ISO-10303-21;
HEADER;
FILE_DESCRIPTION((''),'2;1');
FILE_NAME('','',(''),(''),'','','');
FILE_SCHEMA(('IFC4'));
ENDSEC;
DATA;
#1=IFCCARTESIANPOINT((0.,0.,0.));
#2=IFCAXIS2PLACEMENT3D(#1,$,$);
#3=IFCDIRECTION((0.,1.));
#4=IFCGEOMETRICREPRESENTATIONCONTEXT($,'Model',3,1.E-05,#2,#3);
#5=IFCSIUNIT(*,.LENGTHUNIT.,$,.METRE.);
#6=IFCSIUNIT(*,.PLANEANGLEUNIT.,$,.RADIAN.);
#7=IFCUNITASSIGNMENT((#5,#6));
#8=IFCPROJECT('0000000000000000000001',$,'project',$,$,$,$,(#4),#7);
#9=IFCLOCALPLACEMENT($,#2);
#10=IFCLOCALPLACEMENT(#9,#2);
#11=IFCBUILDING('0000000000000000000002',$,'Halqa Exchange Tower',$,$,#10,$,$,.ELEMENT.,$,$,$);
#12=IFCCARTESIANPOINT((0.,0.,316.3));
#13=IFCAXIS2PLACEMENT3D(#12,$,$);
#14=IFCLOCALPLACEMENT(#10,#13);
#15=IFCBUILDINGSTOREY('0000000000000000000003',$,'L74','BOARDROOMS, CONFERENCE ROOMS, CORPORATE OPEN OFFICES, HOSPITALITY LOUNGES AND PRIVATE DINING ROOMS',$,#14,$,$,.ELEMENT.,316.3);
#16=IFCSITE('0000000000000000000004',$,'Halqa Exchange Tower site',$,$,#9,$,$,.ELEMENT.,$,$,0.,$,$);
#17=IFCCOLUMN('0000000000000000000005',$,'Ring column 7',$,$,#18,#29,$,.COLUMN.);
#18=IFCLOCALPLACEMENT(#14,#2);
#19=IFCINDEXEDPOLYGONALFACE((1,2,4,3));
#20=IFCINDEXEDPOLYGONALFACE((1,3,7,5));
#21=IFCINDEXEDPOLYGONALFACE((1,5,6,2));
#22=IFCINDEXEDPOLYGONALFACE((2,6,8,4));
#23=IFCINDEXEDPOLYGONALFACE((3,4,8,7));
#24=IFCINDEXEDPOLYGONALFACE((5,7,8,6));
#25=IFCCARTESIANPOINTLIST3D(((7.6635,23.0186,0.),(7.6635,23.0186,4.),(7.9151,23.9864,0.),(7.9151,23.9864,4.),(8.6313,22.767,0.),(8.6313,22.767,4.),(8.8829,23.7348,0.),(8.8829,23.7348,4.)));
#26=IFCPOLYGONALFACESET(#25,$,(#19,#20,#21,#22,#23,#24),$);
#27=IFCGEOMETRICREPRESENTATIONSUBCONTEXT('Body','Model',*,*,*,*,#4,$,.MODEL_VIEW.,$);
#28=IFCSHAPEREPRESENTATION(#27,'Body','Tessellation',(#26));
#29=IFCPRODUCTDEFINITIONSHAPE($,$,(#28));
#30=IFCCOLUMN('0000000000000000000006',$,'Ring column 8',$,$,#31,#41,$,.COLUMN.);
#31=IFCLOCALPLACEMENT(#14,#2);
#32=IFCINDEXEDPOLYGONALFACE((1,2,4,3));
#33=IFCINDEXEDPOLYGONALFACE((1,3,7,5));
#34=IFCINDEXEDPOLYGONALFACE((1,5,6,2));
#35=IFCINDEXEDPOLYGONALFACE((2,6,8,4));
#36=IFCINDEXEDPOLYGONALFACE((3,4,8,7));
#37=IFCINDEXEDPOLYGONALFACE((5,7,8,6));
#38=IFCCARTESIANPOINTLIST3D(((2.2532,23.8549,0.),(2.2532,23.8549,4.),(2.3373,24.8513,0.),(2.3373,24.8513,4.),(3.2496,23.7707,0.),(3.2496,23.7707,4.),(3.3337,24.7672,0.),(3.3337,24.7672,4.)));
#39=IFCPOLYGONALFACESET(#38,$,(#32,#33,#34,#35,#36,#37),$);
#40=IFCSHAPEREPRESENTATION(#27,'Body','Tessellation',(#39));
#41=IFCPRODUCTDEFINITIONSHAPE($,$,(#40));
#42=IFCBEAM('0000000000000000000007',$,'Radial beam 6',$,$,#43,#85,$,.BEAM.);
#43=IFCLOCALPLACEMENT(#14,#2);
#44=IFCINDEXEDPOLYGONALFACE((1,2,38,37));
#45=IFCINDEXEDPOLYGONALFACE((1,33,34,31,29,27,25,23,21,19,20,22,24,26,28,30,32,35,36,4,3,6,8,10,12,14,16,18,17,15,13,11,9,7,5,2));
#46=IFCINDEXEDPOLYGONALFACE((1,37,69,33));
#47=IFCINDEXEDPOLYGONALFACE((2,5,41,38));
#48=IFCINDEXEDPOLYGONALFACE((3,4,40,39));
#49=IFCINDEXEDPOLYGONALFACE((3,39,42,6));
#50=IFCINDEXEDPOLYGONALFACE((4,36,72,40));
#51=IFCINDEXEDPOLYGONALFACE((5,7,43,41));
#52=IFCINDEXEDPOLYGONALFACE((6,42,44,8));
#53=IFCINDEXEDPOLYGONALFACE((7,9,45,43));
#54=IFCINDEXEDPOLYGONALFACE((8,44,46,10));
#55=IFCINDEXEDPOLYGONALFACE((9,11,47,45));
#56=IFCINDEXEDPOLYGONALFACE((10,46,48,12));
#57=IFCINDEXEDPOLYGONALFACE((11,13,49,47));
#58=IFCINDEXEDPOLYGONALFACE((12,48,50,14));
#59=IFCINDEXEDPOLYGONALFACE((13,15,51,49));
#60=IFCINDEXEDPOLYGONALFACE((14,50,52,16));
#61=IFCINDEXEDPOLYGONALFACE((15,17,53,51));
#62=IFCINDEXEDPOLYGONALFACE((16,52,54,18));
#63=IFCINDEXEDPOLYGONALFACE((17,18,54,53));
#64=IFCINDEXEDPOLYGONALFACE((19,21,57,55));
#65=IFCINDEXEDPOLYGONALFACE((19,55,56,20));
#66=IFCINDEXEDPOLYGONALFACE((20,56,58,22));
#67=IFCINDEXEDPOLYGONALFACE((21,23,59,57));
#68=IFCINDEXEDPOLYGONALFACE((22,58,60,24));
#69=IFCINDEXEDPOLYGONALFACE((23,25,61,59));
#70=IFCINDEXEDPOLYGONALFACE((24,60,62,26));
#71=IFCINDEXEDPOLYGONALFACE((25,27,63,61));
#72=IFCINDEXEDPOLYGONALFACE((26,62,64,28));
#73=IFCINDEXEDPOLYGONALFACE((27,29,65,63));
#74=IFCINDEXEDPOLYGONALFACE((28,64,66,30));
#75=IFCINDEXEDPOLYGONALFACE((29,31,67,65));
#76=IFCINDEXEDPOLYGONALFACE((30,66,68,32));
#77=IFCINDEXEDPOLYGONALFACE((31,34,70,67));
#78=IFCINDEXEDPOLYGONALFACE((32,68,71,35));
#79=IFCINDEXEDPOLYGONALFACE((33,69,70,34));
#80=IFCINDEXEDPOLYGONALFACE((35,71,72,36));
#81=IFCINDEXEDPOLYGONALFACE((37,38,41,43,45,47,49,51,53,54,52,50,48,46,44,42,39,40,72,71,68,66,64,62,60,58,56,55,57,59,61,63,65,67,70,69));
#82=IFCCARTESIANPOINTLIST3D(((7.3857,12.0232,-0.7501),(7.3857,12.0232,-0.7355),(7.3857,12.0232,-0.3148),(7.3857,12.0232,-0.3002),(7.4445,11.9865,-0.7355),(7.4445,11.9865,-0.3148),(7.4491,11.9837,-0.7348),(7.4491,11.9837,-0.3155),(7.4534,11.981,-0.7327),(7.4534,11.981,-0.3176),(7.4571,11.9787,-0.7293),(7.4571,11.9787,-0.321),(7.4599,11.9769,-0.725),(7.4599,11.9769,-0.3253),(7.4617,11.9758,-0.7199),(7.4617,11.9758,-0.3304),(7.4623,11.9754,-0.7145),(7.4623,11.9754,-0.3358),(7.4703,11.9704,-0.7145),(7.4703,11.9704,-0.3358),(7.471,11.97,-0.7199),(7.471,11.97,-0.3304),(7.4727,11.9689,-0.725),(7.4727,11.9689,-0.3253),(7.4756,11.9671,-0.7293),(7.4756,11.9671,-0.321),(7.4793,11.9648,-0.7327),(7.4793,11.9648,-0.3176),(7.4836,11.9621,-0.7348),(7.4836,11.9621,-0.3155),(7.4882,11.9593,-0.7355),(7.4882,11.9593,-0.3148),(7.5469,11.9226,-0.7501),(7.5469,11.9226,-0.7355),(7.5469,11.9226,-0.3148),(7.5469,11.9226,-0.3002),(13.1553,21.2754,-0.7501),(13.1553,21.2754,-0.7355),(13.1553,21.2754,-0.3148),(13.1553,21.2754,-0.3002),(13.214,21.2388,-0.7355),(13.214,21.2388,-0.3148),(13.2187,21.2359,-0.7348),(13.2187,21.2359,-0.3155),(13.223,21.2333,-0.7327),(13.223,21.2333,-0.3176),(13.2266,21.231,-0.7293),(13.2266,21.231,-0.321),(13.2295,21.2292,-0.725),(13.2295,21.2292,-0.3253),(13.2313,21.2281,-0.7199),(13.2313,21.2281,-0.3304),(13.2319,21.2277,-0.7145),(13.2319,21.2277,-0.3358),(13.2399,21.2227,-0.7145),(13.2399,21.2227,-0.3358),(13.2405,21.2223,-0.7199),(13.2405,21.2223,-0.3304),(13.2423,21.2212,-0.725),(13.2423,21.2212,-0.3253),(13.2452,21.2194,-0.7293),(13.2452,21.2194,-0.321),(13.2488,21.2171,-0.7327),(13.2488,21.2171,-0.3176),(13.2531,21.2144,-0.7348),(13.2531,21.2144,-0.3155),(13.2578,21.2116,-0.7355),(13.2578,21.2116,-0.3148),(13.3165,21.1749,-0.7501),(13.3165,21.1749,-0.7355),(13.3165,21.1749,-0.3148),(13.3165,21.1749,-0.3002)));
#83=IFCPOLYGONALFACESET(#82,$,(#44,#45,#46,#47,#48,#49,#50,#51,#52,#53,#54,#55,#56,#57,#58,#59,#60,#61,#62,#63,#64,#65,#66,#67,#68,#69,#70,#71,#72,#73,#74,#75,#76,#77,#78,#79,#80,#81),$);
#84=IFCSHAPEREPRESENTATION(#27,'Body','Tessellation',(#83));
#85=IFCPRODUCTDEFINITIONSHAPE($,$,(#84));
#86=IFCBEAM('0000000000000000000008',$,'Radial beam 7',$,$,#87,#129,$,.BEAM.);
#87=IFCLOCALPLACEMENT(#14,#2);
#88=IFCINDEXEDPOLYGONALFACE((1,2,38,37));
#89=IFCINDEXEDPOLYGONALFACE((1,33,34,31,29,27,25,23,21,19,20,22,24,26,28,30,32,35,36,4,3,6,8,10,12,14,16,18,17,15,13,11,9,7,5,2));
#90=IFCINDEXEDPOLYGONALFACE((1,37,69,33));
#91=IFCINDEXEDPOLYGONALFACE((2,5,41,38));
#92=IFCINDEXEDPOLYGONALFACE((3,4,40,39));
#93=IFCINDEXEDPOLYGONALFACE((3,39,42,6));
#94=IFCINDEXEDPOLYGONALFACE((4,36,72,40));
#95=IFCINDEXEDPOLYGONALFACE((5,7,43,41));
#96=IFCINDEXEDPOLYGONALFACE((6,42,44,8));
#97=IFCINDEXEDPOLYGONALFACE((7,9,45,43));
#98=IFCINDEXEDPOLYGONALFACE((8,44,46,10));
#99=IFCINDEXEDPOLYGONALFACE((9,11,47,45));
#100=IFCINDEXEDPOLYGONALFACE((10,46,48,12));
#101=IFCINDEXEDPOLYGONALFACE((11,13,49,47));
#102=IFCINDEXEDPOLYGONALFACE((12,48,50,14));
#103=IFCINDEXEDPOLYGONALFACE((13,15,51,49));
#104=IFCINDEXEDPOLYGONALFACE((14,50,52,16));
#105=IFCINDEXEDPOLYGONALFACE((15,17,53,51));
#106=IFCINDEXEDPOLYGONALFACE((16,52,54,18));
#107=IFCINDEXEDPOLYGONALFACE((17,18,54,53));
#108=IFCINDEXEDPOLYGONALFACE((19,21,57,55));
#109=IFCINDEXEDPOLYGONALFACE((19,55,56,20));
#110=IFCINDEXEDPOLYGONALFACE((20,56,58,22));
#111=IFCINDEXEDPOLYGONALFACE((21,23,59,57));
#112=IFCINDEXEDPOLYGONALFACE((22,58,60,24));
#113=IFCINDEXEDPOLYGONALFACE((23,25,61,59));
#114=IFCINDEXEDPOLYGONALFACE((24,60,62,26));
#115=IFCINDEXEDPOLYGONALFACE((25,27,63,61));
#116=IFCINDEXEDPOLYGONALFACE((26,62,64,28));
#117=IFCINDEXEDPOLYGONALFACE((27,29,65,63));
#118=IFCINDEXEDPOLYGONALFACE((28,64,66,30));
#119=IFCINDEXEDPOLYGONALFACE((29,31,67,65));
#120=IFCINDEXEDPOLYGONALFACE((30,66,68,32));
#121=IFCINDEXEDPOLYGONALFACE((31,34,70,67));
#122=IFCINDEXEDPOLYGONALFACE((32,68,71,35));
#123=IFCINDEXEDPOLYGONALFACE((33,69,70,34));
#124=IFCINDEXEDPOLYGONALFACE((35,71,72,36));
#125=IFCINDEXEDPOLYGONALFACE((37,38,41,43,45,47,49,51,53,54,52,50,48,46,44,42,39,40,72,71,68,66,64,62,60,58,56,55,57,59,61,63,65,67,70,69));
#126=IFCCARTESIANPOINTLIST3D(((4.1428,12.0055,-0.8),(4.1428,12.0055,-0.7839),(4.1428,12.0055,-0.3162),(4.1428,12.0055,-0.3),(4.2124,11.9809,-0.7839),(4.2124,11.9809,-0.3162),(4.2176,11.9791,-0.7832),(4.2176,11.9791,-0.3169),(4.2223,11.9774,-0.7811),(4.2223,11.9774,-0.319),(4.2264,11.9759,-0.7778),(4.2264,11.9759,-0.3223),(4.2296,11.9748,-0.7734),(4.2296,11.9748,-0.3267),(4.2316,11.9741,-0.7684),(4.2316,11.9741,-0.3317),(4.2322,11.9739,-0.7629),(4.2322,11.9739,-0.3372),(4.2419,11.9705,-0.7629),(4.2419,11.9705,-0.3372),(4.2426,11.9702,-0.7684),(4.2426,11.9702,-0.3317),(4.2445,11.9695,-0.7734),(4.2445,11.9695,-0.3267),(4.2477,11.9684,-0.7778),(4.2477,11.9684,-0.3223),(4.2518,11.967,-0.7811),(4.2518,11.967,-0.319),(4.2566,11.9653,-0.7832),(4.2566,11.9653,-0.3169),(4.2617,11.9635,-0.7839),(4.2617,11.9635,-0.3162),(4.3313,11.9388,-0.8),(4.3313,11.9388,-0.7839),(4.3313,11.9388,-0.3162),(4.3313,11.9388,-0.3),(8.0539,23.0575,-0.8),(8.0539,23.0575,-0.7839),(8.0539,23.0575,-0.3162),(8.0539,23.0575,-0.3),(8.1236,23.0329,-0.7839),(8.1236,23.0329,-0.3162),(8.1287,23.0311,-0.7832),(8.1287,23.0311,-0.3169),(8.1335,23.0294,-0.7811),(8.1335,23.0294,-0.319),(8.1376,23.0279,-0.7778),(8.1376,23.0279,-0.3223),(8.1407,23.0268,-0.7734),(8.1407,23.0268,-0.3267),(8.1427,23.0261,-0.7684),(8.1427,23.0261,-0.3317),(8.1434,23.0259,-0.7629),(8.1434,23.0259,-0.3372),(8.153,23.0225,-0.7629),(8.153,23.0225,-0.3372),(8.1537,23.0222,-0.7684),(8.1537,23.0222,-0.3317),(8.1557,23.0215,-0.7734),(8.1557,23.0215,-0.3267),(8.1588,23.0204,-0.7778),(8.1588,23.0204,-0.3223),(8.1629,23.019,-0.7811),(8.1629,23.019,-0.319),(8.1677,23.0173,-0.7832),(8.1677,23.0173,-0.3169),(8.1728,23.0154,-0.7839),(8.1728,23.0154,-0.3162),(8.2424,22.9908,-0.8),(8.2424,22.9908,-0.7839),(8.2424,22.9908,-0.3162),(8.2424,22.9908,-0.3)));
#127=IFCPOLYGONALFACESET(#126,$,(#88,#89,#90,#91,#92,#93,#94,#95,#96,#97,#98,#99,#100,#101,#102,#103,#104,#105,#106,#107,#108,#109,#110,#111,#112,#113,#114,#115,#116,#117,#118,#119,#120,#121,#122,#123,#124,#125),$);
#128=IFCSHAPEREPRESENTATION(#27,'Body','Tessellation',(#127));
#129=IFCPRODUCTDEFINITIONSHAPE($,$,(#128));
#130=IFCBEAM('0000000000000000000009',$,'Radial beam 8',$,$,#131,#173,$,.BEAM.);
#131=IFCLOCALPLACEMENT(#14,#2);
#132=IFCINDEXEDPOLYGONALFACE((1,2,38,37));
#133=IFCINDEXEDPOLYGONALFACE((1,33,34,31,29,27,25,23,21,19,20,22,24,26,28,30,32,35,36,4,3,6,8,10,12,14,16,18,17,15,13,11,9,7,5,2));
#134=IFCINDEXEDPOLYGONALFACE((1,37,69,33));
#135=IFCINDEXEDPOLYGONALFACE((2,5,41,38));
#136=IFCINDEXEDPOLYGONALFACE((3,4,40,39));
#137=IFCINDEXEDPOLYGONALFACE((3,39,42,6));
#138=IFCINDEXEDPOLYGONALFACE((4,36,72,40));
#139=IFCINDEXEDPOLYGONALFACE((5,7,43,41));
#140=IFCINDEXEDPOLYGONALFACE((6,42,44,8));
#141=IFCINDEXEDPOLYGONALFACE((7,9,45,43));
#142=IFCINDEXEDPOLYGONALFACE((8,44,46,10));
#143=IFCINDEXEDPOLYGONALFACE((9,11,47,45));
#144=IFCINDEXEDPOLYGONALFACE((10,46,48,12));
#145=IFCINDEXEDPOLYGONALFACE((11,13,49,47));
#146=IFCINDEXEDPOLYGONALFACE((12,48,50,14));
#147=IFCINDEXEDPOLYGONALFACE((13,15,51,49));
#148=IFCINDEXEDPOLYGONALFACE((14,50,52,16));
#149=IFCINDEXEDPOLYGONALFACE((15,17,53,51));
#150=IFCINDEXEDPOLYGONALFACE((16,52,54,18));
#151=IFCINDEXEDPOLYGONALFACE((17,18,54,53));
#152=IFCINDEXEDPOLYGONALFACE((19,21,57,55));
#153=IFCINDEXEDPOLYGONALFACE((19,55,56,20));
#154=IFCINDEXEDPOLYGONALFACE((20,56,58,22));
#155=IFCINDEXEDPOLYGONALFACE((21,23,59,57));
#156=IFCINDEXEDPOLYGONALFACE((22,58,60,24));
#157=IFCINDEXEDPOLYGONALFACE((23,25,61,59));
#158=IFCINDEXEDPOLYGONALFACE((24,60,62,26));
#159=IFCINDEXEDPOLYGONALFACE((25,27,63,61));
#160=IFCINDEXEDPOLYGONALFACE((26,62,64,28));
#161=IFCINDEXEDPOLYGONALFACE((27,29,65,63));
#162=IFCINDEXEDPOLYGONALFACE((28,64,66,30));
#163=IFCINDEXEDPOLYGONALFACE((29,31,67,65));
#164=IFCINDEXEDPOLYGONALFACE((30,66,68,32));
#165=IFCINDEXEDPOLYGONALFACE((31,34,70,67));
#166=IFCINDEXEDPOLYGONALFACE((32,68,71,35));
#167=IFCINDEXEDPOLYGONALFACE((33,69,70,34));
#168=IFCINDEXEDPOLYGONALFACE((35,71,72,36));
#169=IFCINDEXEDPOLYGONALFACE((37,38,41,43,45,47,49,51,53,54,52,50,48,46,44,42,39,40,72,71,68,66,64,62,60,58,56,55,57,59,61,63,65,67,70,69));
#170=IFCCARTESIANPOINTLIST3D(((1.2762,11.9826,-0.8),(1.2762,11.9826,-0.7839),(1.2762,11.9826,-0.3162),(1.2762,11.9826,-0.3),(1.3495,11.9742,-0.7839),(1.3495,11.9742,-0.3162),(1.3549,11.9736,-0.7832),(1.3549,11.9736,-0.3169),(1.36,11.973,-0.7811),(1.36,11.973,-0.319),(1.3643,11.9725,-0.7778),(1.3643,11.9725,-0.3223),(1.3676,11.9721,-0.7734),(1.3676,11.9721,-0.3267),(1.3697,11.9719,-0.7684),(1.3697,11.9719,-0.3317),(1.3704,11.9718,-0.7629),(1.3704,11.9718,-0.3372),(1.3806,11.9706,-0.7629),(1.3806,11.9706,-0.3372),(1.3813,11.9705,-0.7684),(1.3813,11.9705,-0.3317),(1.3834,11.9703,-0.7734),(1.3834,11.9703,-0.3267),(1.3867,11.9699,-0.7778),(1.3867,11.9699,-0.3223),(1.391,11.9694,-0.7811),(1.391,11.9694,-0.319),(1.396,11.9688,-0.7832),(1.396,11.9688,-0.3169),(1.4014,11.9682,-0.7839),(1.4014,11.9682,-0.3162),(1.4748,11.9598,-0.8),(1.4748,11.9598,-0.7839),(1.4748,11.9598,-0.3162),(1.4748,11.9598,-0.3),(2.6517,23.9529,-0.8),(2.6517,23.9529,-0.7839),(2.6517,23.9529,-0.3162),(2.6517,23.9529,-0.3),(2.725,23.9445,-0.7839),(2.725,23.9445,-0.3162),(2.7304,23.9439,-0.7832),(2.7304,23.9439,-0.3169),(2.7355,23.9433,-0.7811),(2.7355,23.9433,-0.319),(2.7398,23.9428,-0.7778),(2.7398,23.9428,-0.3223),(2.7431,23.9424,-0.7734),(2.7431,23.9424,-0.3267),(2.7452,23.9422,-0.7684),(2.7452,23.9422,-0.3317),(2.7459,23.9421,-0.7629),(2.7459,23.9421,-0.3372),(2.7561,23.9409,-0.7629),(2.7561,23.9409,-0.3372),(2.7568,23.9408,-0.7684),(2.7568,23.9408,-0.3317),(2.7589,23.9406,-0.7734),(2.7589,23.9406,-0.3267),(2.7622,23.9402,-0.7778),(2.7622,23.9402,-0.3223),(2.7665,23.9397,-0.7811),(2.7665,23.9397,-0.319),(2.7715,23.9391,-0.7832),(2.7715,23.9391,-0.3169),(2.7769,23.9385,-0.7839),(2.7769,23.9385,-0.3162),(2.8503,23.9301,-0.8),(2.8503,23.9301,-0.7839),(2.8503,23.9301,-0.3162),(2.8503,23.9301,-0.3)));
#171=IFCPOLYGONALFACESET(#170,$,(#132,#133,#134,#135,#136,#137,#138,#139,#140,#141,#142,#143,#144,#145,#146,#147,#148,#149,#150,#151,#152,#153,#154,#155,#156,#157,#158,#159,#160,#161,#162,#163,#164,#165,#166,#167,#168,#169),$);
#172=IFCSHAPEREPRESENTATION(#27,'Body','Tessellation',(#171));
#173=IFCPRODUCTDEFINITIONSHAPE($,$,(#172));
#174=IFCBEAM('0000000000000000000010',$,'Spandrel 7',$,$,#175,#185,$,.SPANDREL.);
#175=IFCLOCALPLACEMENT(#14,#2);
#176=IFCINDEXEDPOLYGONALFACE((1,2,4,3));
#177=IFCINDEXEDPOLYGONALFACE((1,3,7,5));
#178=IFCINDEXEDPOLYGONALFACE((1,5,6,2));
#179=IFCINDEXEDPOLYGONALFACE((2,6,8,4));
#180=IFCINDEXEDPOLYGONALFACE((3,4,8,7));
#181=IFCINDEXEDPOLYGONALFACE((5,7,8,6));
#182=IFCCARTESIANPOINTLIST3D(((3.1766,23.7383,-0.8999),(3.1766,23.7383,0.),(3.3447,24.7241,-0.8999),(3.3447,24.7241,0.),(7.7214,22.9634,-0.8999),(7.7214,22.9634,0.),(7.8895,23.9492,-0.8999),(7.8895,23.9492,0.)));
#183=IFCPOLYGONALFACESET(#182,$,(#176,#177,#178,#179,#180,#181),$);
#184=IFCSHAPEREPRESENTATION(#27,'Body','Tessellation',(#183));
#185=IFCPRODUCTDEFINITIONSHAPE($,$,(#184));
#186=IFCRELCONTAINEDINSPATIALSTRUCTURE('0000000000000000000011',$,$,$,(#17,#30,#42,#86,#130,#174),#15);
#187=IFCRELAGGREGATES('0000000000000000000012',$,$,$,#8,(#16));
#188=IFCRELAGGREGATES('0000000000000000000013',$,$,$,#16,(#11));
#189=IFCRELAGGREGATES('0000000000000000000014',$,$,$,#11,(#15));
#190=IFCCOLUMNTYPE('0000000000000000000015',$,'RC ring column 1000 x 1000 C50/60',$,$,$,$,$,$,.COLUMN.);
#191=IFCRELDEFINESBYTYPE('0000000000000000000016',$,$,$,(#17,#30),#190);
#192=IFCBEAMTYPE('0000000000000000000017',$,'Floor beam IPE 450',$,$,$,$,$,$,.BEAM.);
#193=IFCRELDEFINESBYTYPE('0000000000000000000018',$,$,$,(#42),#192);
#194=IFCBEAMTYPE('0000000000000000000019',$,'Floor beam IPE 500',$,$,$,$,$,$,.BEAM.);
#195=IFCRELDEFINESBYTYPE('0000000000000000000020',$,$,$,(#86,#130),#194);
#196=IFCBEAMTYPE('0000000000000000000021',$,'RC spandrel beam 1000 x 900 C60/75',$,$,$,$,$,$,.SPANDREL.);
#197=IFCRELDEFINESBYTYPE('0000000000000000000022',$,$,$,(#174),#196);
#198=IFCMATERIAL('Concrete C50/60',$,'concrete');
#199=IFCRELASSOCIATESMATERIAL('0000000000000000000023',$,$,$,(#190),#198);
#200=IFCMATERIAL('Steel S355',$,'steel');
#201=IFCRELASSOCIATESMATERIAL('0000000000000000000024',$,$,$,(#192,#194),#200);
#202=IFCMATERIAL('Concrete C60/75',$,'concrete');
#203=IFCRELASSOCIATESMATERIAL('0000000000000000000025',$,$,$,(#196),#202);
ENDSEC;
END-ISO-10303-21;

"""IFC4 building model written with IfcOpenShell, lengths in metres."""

from ifc_helpers import new_model, si_unit, direction, frame, origin, origin_2d, place, context, subcontext, project, spatial, rectangle, i_section, extrude, material, material_profile, profile_set, type_object, element, save


model = new_model("IFC4")

# Units and contexts
model_context = context("Model", 3, precision=1e-05, world=origin(), true_north=direction((0.0, 1.0)))
body_context = subcontext(model_context, "Body", "Model", "MODEL_VIEW")
ifc_project = project(units=[si_unit("LENGTHUNIT", "METRE"), si_unit("PLANEANGLEUNIT", "RADIAN")], contexts=[model_context])

# Site, building, storey
site_placement = place(None, origin())
site = spatial("IfcSite", under=ifc_project, at=site_placement, Name="Halqa Exchange Tower site", CompositionType="ELEMENT", RefElevation=0.0)
building_placement = place(site_placement, origin())
building = spatial("IfcBuilding", under=site, at=building_placement, Name="Halqa Exchange Tower", CompositionType="ELEMENT")
storey_placement = place(building_placement, frame((0.0, 0.0, 316.3)))
storey = spatial("IfcBuildingStorey", under=building, at=storey_placement, Name="L74", Description="BOARDROOMS, CONFERENCE ROOMS, CORPORATE OPEN OFFICES, HOSPITALITY LOUNGES AND PRIVATE DINING ROOMS", CompositionType="ELEMENT", Elevation=316.3)

# Columns
ifc_material_1 = material(Name="Concrete C50/60", Category="concrete")
ifc_material_profile_1 = material_profile(ifc_material_1, rectangle(XDim=1.0, YDim=1.0, at=origin_2d()), Name="1000 x 1000")
ifc_profile_set_1 = profile_set([ifc_material_profile_1], Name="Concrete C50/60")
column_type = type_object("IfcColumnType", Name="RC ring column 1000 x 1000 C50/60", PredefinedType="COLUMN", material=ifc_profile_set_1)
for number, where, z_axis, x_axis, name in (
    (1, (8.2732, 23.3767, 0.0), (0.0, 0.0, 1.0), (-0.967819, 0.251647, 0.0), "Ring column 7"),
    (2, (2.7935, 24.311, 0.0), (0.0, 0.0, 1.0), (-0.996455, 0.084127, 0.0), "Ring column 8"),
):
    element("IfcColumn", number, at=place(storey_placement, frame(where, z_axis=z_axis, x_axis=x_axis)), inside=storey, type_object=column_type, Name=name, PredefinedType="COLUMN", context=body_context, shape_type="SweptSolid", body=[
        extrude(rectangle(XDim=1.0, YDim=1.0, at=origin_2d()), origin(), (0.0, 0.0, 1.0), 4.0),
    ])

# Beams
ifc_material_2 = material(Name="Steel S355", Category="steel")
ifc_material_profile_2 = material_profile(ifc_material_2, i_section(OverallWidth=0.1899, OverallDepth=0.45, WebThickness=0.0095, FlangeThickness=0.0146, FilletRadius=0.021, at=origin_2d()), Name="IPE 450")
ifc_profile_set_2 = profile_set([ifc_material_profile_2], Name="Steel S355")
beam_type_1 = type_object("IfcBeamType", Name="Floor beam IPE 450", PredefinedType="BEAM", material=ifc_profile_set_2)
beam_1_placement = place(storey_placement, frame((7.4663, 11.9729, -0.5251), z_axis=(0.529135, 0.848538, 0.0), x_axis=(-0.848538, 0.529135, 0.0)))
element("IfcBeam", 3, at=beam_1_placement, inside=storey, type_object=beam_type_1, Name="Radial beam 6", PredefinedType="BEAM", context=body_context, shape_type="SweptSolid", body=[
    extrude(i_section(OverallWidth=0.1899, OverallDepth=0.45, WebThickness=0.0095, FlangeThickness=0.0146, FilletRadius=0.021, at=origin_2d()), origin(), (0.0, 0.0, 1.0), 10.9038),
])
ifc_material_profile_3 = material_profile(ifc_material_2, i_section(OverallWidth=0.2, OverallDepth=0.5, WebThickness=0.0103, FlangeThickness=0.0161, FilletRadius=0.021, at=origin_2d()), Name="IPE 500")
ifc_profile_set_3 = profile_set([ifc_material_profile_3], Name="Steel S355")
beam_type_2 = type_object("IfcBeamType", Name="Floor beam IPE 500", PredefinedType="BEAM", material=ifc_profile_set_3)
beam_2_placement = place(storey_placement, frame((4.2371, 11.9722, -0.55), z_axis=(0.333611, 0.942711, 0.0), x_axis=(-0.942711, 0.333611, 0.0)))
element("IfcBeam", 4, at=beam_2_placement, inside=storey, type_object=beam_type_2, Name="Radial beam 7", PredefinedType="BEAM", context=body_context, shape_type="SweptSolid", body=[
    extrude(i_section(OverallWidth=0.2, OverallDepth=0.5, WebThickness=0.0103, FlangeThickness=0.0161, FilletRadius=0.021, at=origin_2d()), origin(), (0.0, 0.0, 1.0), 11.7236),
])
beam_3_placement = place(storey_placement, frame((1.3755, 11.9712, -0.55), z_axis=(0.114158, 0.993463, 0.0), x_axis=(-0.993463, 0.114158, 0.0)))
element("IfcBeam", 5, at=beam_3_placement, inside=storey, type_object=beam_type_2, Name="Radial beam 8", PredefinedType="BEAM", context=body_context, shape_type="SweptSolid", body=[
    extrude(i_section(OverallWidth=0.2, OverallDepth=0.5, WebThickness=0.0103, FlangeThickness=0.0161, FilletRadius=0.021, at=origin_2d()), origin(), (0.0, 0.0, 1.0), 12.0491),
])
ifc_material_3 = material(Name="Concrete C60/75", Category="concrete")
ifc_material_profile_4 = material_profile(ifc_material_3, rectangle(XDim=1.0, YDim=0.8999, at=origin_2d()), Name="1000 x 900")
ifc_profile_set_4 = profile_set([ifc_material_profile_4], Name="Concrete C60/75")
beam_type_3 = type_object("IfcBeamType", Name="RC spandrel beam 1000 x 900 C60/75", PredefinedType="SPANDREL", material=ifc_profile_set_4)
beam_4_placement = place(storey_placement, frame((7.8054, 23.4563, -0.45), z_axis=(-0.985773, 0.168082, 0.0), x_axis=(-0.168082, -0.985773, 0.0)))
element("IfcBeam", 6, at=beam_4_placement, inside=storey, type_object=beam_type_3, Name="Spandrel 7", PredefinedType="SPANDREL", context=body_context, shape_type="SweptSolid", body=[
    extrude(rectangle(XDim=1.0, YDim=0.8999, at=origin_2d()), origin(), (0.0, 0.0, 1.0), 4.6104),
])

save(model, "model.ifc")
